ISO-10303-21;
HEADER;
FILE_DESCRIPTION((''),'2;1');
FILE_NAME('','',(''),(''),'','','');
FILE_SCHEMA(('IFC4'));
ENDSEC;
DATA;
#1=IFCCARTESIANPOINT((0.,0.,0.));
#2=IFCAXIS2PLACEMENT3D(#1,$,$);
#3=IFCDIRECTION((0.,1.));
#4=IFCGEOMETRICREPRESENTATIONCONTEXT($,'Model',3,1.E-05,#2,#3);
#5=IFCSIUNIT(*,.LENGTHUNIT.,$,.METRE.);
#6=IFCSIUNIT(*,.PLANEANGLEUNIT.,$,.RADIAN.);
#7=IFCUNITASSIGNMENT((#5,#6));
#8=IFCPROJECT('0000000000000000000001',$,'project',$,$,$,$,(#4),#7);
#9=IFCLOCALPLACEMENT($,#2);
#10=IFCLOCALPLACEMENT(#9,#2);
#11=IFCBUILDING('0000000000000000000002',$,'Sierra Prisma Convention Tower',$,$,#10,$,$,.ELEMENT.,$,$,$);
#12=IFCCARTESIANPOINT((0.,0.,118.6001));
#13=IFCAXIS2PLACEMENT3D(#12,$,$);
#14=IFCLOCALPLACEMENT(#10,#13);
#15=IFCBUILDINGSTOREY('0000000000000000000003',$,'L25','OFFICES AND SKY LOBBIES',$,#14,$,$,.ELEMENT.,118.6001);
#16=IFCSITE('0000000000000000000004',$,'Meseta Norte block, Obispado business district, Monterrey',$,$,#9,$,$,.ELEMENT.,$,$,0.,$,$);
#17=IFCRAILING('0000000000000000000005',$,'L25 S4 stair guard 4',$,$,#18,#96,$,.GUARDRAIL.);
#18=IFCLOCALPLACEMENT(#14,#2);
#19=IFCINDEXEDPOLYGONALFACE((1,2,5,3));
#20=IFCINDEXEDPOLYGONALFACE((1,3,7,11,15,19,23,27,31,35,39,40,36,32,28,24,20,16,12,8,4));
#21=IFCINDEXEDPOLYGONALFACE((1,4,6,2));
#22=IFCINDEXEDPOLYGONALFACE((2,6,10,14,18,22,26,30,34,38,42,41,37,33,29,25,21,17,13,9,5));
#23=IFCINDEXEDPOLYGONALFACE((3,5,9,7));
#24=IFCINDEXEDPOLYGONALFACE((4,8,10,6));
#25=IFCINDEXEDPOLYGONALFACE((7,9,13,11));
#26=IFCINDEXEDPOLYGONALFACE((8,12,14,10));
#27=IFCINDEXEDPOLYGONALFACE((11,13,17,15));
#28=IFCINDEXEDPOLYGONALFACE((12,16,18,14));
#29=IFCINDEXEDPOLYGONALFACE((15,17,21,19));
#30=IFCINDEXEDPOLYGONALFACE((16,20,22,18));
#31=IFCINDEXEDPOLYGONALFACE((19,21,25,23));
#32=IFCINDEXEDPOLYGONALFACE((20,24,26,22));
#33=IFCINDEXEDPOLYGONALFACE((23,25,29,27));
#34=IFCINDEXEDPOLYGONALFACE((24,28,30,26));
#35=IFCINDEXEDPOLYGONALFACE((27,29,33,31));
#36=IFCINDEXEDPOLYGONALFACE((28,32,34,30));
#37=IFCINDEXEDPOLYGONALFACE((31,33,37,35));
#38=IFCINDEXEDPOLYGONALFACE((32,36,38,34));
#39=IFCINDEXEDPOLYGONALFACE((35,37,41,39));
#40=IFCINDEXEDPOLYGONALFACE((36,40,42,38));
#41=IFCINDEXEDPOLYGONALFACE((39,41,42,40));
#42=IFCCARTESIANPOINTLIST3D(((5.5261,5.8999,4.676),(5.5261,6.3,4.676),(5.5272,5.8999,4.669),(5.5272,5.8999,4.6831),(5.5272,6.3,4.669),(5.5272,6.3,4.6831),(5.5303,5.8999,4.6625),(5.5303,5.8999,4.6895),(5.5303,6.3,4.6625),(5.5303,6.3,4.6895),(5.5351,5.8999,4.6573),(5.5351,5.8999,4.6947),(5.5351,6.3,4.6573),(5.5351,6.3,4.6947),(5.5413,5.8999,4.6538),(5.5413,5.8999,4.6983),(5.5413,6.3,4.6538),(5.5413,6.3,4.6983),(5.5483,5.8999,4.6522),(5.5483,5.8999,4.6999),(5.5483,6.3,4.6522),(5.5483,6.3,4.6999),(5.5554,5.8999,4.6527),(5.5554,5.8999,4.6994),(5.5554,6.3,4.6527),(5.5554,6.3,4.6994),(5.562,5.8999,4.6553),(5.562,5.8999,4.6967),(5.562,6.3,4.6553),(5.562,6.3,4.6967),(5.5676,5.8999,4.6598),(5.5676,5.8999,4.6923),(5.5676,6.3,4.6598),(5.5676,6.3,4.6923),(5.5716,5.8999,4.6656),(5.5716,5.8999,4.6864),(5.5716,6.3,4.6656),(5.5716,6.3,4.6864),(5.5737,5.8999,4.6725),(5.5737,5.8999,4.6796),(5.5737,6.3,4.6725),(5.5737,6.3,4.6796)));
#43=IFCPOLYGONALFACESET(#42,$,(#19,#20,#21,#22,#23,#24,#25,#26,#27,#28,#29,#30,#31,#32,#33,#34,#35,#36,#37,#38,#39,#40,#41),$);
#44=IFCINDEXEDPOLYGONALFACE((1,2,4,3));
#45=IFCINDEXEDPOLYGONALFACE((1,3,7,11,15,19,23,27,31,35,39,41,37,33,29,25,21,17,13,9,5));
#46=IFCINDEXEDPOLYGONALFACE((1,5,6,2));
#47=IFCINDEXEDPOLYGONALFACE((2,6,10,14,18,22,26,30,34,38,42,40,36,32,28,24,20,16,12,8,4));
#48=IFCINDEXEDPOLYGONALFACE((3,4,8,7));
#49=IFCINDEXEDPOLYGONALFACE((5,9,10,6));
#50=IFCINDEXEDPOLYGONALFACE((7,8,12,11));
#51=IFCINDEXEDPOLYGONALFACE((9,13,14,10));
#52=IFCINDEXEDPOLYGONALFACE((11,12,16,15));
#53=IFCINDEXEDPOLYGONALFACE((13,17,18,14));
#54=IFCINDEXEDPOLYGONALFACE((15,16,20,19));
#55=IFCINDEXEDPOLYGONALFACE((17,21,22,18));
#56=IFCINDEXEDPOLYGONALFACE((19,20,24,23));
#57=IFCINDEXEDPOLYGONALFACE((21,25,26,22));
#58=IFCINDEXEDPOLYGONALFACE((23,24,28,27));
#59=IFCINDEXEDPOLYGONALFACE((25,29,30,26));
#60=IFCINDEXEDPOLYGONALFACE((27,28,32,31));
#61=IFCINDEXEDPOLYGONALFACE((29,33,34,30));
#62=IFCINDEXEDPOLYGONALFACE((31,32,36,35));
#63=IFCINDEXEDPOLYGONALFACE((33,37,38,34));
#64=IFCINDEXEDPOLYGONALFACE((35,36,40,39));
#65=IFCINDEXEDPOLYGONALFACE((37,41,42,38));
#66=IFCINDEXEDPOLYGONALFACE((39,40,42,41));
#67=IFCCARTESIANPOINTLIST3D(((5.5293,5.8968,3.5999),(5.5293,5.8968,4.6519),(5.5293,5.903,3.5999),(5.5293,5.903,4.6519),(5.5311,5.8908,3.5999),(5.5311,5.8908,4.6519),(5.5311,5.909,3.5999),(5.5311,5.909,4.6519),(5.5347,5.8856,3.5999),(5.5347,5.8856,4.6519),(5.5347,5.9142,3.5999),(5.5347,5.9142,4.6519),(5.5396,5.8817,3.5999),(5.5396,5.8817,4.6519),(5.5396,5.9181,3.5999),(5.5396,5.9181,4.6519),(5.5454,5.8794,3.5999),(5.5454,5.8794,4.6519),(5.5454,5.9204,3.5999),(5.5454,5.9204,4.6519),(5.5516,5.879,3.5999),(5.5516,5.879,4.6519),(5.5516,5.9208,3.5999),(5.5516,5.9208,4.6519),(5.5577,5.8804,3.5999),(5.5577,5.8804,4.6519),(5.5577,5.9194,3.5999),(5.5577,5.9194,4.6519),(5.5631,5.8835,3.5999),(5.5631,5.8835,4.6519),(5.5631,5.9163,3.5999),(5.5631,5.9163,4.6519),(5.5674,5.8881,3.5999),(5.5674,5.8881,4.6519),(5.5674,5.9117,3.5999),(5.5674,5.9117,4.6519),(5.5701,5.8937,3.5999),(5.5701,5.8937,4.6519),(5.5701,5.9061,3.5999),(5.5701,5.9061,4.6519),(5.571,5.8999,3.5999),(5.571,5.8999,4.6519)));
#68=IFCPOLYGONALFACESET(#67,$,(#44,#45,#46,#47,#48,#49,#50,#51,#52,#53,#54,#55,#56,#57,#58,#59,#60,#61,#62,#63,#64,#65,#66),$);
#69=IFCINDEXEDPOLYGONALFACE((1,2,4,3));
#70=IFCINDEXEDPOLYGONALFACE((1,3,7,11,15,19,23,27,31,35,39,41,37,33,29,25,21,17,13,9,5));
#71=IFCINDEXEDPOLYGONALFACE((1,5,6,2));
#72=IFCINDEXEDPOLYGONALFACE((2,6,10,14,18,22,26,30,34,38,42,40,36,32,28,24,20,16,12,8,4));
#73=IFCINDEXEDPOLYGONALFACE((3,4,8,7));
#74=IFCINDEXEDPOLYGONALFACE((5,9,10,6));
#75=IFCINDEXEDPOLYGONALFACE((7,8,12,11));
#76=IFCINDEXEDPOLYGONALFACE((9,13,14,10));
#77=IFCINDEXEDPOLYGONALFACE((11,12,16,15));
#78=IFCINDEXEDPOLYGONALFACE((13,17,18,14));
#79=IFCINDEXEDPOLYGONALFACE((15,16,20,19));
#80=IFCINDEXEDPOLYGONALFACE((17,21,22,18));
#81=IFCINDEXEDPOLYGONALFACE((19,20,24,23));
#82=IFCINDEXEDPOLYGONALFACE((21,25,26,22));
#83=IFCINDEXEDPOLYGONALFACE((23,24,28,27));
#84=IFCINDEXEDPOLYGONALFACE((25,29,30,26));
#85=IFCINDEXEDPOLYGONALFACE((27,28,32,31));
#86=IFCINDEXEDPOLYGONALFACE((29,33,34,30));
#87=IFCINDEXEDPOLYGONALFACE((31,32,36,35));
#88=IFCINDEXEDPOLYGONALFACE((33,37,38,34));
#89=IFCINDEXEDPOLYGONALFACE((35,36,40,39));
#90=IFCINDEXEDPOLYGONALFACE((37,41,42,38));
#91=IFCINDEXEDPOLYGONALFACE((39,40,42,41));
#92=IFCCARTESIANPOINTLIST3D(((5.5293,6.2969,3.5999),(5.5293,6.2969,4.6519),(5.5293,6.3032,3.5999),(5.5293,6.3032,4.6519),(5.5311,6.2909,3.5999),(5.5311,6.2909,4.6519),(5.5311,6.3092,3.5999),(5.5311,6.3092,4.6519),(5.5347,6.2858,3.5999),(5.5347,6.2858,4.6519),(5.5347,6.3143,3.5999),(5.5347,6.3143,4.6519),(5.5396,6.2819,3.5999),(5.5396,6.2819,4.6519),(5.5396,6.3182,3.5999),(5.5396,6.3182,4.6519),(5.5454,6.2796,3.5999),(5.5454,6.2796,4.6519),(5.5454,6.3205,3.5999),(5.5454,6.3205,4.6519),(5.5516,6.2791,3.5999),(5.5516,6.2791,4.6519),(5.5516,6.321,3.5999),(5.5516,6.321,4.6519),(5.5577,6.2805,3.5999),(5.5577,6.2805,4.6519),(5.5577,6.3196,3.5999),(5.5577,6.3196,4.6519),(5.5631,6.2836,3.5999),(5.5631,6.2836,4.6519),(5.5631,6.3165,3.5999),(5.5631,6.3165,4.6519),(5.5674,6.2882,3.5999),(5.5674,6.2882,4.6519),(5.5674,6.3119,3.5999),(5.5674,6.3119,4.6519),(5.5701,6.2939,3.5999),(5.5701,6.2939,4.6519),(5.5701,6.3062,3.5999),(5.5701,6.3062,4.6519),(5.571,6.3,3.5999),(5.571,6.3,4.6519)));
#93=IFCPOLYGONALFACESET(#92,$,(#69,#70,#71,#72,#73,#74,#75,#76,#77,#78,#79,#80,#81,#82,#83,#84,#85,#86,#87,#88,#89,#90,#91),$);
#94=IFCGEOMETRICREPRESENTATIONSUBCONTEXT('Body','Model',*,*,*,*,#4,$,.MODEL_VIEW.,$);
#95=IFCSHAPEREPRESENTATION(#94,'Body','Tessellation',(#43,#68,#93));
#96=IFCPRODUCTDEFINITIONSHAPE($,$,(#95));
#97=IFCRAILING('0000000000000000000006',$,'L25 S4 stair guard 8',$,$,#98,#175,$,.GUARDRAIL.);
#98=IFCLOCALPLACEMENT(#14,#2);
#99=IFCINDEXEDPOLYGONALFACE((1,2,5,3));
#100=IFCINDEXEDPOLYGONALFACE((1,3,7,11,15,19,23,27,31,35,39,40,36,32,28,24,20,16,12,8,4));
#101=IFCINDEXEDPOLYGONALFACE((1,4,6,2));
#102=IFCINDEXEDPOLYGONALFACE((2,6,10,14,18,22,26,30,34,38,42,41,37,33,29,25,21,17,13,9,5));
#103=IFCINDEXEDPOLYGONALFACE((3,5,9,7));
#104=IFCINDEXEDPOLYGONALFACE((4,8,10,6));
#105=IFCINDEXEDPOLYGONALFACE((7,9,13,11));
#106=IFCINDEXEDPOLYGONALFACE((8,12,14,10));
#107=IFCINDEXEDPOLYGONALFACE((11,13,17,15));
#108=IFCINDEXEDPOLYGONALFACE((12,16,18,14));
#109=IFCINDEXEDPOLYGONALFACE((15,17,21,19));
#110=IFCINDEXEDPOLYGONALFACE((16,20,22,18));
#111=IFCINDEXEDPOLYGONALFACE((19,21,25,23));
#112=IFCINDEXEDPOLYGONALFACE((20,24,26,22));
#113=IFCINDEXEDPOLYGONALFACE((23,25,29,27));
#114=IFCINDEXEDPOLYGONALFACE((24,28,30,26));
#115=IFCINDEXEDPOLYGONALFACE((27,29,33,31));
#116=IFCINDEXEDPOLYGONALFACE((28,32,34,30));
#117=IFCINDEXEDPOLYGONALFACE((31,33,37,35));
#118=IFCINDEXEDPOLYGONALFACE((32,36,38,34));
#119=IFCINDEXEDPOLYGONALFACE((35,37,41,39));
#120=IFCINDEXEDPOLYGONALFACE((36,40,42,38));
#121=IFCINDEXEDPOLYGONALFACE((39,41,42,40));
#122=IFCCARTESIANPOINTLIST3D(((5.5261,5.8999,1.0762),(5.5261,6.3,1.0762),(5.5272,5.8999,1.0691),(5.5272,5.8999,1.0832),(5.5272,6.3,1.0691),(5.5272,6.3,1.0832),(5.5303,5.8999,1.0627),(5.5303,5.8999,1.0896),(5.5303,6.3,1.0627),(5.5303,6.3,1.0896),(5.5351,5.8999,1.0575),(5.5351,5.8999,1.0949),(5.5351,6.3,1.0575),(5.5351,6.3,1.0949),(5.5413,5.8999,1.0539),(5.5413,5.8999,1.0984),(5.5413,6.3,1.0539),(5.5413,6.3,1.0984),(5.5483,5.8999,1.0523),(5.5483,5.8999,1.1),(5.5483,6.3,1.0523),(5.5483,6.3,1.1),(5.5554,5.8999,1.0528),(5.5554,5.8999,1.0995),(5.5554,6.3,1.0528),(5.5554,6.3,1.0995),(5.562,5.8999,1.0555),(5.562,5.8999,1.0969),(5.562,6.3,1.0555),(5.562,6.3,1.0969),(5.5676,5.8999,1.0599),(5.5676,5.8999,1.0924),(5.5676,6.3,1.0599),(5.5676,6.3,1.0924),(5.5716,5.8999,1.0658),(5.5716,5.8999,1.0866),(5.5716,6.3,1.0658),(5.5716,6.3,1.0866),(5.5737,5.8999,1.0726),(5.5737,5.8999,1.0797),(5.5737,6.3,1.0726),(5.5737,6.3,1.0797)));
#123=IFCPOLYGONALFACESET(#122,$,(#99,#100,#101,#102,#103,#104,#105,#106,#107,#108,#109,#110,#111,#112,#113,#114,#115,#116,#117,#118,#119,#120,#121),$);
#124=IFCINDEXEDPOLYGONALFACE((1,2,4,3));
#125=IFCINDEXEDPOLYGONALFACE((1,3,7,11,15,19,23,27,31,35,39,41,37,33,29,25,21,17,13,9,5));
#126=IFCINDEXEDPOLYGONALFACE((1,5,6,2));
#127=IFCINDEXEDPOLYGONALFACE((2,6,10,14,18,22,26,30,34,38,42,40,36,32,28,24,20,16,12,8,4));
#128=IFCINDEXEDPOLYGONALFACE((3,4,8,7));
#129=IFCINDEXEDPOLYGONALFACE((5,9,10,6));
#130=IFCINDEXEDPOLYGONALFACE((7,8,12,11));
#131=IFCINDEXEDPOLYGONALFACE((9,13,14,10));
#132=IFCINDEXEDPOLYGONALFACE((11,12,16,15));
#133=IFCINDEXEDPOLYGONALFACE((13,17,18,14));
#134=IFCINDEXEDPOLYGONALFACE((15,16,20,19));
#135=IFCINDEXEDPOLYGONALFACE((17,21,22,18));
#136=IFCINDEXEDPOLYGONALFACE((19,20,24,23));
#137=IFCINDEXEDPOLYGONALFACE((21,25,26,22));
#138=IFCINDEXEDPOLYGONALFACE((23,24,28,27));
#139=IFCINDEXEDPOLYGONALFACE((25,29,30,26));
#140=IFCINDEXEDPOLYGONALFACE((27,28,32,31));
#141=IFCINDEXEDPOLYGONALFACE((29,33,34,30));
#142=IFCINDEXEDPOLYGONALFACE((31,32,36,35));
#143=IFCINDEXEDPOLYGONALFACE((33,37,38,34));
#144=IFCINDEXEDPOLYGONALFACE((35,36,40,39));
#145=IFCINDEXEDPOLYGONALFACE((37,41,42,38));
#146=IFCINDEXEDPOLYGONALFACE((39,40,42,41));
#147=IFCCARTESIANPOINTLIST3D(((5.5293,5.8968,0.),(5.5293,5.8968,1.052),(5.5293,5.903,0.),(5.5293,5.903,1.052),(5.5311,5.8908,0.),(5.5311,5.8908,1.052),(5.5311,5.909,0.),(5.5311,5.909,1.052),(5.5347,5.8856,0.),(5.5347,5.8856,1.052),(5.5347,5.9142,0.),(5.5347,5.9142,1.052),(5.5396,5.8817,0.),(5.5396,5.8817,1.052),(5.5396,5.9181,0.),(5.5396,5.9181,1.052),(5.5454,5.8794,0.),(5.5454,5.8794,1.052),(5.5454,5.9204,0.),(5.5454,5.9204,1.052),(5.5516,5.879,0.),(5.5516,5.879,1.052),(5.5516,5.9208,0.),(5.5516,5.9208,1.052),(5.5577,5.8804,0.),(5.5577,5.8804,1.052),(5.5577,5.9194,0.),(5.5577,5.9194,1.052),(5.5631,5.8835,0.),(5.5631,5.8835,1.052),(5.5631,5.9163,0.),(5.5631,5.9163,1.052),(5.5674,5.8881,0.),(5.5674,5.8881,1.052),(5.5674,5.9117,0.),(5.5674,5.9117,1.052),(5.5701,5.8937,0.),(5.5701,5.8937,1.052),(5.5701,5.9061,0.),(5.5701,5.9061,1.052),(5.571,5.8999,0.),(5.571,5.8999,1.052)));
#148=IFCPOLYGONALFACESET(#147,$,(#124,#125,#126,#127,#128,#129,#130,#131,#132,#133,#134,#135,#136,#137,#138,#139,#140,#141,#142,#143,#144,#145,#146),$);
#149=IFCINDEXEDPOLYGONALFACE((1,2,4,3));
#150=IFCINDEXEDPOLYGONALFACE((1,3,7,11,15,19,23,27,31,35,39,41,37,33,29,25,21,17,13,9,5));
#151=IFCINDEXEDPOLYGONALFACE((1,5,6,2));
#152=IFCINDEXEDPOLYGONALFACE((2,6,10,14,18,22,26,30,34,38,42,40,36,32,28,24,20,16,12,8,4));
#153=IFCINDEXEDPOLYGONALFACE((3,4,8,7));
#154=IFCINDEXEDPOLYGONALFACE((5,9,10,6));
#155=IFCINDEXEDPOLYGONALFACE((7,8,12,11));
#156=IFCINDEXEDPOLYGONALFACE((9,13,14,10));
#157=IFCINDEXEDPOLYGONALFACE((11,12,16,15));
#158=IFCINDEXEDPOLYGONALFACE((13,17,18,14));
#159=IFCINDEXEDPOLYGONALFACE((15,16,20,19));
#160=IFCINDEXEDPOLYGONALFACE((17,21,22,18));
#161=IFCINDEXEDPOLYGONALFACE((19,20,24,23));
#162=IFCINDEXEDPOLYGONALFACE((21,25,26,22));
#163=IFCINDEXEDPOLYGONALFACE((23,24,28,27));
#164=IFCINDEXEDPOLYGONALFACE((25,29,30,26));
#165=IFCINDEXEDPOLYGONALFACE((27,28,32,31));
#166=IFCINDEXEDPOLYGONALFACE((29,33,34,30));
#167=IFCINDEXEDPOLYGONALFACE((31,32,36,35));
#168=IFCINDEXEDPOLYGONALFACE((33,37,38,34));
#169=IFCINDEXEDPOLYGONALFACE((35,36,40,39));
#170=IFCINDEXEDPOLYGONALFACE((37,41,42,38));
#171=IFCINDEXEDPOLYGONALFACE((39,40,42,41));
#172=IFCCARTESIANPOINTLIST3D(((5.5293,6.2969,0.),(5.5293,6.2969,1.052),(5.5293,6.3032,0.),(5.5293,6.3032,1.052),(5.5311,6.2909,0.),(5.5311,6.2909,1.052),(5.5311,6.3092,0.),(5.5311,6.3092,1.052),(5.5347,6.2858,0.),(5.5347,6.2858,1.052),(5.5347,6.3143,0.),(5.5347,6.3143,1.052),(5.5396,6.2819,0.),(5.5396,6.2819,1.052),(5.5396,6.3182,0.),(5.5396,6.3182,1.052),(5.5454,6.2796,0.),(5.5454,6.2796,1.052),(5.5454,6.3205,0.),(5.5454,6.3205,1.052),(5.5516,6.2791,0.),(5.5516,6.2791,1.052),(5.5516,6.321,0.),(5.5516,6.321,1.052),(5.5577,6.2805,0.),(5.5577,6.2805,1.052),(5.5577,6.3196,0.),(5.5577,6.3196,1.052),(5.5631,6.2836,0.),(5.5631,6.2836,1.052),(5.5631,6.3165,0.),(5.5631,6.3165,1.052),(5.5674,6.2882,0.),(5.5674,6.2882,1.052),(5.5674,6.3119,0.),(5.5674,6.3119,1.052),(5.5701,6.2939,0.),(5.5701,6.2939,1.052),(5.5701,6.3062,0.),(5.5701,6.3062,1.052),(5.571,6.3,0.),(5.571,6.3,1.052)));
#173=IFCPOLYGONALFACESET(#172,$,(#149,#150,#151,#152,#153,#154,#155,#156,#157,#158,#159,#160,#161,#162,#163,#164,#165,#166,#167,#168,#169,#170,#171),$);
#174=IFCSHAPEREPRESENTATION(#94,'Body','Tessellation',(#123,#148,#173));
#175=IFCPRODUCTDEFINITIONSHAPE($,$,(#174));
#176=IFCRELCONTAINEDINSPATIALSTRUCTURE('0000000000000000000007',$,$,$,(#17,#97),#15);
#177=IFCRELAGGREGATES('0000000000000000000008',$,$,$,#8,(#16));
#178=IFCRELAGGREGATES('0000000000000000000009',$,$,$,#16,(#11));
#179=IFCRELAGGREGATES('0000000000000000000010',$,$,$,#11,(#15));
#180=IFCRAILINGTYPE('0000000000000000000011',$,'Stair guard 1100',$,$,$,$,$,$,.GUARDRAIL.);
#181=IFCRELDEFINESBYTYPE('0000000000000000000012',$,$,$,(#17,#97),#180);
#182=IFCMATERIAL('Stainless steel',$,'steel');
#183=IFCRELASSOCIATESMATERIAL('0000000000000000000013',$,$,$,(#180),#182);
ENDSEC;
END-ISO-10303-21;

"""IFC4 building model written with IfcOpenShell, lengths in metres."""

from ifc_helpers import new_model, si_unit, direction, frame, origin, origin_2d, place, context, subcontext, project, spatial, circle, extrude, material, type_object, element, save


model = new_model("IFC4")

# Units and contexts
model_context = context("Model", 3, precision=1e-05, world=origin(), true_north=direction((0.0, 1.0)))
body_context = subcontext(model_context, "Body", "Model", "MODEL_VIEW")
ifc_project = project(units=[si_unit("LENGTHUNIT", "METRE"), si_unit("PLANEANGLEUNIT", "RADIAN")], contexts=[model_context])

# Site, building, storey
site_placement = place(None, origin())
site = spatial("IfcSite", under=ifc_project, at=site_placement, Name="Meseta Norte block, Obispado business district, Monterrey", CompositionType="ELEMENT", RefElevation=0.0)
building_placement = place(site_placement, origin())
building = spatial("IfcBuilding", under=site, at=building_placement, Name="Sierra Prisma Convention Tower", CompositionType="ELEMENT")
storey_placement = place(building_placement, frame((0.0, 0.0, 118.6001)))
storey = spatial("IfcBuildingStorey", under=building, at=storey_placement, Name="L25", Description="OFFICES AND SKY LOBBIES", CompositionType="ELEMENT", Elevation=118.6001)

# Railings
ifc_material_1 = material(Name="Stainless steel", Category="steel")
railing_type_1 = type_object("IfcRailingType", Name="Stair guard 1100", PredefinedType="GUARDRAIL", material=ifc_material_1)
for number, where, name in (
    (1, (5.55, 5.8999, 3.5999), "L25 S4 stair guard 4"),
    (2, (5.55, 5.8999, 0.0), "L25 S4 stair guard 8"),
):
    element("IfcRailing", number, at=place(storey_placement, frame(where)), inside=storey, type_object=railing_type_1, Name=name, PredefinedType="GUARDRAIL", context=body_context, shape_type="SweptSolid", body=[
        extrude(circle(Radius=0.0239, at=origin_2d()), frame((0.0, 0.0, 1.0762), z_axis=(0.0, 1.0, 0.0), x_axis=(-1.0, 0.0, 0.0)), (0.0, 0.0, 1.0), 0.4001),
        extrude(circle(Radius=0.021, at=origin_2d()), origin(), (0.0, 0.0, 1.0), 1.052),
        extrude(circle(Radius=0.021, at=origin_2d()), frame((0.0, 0.4001, 0.0)), (0.0, 0.0, 1.0), 1.052),
    ])

save(model, "model.ifc")
